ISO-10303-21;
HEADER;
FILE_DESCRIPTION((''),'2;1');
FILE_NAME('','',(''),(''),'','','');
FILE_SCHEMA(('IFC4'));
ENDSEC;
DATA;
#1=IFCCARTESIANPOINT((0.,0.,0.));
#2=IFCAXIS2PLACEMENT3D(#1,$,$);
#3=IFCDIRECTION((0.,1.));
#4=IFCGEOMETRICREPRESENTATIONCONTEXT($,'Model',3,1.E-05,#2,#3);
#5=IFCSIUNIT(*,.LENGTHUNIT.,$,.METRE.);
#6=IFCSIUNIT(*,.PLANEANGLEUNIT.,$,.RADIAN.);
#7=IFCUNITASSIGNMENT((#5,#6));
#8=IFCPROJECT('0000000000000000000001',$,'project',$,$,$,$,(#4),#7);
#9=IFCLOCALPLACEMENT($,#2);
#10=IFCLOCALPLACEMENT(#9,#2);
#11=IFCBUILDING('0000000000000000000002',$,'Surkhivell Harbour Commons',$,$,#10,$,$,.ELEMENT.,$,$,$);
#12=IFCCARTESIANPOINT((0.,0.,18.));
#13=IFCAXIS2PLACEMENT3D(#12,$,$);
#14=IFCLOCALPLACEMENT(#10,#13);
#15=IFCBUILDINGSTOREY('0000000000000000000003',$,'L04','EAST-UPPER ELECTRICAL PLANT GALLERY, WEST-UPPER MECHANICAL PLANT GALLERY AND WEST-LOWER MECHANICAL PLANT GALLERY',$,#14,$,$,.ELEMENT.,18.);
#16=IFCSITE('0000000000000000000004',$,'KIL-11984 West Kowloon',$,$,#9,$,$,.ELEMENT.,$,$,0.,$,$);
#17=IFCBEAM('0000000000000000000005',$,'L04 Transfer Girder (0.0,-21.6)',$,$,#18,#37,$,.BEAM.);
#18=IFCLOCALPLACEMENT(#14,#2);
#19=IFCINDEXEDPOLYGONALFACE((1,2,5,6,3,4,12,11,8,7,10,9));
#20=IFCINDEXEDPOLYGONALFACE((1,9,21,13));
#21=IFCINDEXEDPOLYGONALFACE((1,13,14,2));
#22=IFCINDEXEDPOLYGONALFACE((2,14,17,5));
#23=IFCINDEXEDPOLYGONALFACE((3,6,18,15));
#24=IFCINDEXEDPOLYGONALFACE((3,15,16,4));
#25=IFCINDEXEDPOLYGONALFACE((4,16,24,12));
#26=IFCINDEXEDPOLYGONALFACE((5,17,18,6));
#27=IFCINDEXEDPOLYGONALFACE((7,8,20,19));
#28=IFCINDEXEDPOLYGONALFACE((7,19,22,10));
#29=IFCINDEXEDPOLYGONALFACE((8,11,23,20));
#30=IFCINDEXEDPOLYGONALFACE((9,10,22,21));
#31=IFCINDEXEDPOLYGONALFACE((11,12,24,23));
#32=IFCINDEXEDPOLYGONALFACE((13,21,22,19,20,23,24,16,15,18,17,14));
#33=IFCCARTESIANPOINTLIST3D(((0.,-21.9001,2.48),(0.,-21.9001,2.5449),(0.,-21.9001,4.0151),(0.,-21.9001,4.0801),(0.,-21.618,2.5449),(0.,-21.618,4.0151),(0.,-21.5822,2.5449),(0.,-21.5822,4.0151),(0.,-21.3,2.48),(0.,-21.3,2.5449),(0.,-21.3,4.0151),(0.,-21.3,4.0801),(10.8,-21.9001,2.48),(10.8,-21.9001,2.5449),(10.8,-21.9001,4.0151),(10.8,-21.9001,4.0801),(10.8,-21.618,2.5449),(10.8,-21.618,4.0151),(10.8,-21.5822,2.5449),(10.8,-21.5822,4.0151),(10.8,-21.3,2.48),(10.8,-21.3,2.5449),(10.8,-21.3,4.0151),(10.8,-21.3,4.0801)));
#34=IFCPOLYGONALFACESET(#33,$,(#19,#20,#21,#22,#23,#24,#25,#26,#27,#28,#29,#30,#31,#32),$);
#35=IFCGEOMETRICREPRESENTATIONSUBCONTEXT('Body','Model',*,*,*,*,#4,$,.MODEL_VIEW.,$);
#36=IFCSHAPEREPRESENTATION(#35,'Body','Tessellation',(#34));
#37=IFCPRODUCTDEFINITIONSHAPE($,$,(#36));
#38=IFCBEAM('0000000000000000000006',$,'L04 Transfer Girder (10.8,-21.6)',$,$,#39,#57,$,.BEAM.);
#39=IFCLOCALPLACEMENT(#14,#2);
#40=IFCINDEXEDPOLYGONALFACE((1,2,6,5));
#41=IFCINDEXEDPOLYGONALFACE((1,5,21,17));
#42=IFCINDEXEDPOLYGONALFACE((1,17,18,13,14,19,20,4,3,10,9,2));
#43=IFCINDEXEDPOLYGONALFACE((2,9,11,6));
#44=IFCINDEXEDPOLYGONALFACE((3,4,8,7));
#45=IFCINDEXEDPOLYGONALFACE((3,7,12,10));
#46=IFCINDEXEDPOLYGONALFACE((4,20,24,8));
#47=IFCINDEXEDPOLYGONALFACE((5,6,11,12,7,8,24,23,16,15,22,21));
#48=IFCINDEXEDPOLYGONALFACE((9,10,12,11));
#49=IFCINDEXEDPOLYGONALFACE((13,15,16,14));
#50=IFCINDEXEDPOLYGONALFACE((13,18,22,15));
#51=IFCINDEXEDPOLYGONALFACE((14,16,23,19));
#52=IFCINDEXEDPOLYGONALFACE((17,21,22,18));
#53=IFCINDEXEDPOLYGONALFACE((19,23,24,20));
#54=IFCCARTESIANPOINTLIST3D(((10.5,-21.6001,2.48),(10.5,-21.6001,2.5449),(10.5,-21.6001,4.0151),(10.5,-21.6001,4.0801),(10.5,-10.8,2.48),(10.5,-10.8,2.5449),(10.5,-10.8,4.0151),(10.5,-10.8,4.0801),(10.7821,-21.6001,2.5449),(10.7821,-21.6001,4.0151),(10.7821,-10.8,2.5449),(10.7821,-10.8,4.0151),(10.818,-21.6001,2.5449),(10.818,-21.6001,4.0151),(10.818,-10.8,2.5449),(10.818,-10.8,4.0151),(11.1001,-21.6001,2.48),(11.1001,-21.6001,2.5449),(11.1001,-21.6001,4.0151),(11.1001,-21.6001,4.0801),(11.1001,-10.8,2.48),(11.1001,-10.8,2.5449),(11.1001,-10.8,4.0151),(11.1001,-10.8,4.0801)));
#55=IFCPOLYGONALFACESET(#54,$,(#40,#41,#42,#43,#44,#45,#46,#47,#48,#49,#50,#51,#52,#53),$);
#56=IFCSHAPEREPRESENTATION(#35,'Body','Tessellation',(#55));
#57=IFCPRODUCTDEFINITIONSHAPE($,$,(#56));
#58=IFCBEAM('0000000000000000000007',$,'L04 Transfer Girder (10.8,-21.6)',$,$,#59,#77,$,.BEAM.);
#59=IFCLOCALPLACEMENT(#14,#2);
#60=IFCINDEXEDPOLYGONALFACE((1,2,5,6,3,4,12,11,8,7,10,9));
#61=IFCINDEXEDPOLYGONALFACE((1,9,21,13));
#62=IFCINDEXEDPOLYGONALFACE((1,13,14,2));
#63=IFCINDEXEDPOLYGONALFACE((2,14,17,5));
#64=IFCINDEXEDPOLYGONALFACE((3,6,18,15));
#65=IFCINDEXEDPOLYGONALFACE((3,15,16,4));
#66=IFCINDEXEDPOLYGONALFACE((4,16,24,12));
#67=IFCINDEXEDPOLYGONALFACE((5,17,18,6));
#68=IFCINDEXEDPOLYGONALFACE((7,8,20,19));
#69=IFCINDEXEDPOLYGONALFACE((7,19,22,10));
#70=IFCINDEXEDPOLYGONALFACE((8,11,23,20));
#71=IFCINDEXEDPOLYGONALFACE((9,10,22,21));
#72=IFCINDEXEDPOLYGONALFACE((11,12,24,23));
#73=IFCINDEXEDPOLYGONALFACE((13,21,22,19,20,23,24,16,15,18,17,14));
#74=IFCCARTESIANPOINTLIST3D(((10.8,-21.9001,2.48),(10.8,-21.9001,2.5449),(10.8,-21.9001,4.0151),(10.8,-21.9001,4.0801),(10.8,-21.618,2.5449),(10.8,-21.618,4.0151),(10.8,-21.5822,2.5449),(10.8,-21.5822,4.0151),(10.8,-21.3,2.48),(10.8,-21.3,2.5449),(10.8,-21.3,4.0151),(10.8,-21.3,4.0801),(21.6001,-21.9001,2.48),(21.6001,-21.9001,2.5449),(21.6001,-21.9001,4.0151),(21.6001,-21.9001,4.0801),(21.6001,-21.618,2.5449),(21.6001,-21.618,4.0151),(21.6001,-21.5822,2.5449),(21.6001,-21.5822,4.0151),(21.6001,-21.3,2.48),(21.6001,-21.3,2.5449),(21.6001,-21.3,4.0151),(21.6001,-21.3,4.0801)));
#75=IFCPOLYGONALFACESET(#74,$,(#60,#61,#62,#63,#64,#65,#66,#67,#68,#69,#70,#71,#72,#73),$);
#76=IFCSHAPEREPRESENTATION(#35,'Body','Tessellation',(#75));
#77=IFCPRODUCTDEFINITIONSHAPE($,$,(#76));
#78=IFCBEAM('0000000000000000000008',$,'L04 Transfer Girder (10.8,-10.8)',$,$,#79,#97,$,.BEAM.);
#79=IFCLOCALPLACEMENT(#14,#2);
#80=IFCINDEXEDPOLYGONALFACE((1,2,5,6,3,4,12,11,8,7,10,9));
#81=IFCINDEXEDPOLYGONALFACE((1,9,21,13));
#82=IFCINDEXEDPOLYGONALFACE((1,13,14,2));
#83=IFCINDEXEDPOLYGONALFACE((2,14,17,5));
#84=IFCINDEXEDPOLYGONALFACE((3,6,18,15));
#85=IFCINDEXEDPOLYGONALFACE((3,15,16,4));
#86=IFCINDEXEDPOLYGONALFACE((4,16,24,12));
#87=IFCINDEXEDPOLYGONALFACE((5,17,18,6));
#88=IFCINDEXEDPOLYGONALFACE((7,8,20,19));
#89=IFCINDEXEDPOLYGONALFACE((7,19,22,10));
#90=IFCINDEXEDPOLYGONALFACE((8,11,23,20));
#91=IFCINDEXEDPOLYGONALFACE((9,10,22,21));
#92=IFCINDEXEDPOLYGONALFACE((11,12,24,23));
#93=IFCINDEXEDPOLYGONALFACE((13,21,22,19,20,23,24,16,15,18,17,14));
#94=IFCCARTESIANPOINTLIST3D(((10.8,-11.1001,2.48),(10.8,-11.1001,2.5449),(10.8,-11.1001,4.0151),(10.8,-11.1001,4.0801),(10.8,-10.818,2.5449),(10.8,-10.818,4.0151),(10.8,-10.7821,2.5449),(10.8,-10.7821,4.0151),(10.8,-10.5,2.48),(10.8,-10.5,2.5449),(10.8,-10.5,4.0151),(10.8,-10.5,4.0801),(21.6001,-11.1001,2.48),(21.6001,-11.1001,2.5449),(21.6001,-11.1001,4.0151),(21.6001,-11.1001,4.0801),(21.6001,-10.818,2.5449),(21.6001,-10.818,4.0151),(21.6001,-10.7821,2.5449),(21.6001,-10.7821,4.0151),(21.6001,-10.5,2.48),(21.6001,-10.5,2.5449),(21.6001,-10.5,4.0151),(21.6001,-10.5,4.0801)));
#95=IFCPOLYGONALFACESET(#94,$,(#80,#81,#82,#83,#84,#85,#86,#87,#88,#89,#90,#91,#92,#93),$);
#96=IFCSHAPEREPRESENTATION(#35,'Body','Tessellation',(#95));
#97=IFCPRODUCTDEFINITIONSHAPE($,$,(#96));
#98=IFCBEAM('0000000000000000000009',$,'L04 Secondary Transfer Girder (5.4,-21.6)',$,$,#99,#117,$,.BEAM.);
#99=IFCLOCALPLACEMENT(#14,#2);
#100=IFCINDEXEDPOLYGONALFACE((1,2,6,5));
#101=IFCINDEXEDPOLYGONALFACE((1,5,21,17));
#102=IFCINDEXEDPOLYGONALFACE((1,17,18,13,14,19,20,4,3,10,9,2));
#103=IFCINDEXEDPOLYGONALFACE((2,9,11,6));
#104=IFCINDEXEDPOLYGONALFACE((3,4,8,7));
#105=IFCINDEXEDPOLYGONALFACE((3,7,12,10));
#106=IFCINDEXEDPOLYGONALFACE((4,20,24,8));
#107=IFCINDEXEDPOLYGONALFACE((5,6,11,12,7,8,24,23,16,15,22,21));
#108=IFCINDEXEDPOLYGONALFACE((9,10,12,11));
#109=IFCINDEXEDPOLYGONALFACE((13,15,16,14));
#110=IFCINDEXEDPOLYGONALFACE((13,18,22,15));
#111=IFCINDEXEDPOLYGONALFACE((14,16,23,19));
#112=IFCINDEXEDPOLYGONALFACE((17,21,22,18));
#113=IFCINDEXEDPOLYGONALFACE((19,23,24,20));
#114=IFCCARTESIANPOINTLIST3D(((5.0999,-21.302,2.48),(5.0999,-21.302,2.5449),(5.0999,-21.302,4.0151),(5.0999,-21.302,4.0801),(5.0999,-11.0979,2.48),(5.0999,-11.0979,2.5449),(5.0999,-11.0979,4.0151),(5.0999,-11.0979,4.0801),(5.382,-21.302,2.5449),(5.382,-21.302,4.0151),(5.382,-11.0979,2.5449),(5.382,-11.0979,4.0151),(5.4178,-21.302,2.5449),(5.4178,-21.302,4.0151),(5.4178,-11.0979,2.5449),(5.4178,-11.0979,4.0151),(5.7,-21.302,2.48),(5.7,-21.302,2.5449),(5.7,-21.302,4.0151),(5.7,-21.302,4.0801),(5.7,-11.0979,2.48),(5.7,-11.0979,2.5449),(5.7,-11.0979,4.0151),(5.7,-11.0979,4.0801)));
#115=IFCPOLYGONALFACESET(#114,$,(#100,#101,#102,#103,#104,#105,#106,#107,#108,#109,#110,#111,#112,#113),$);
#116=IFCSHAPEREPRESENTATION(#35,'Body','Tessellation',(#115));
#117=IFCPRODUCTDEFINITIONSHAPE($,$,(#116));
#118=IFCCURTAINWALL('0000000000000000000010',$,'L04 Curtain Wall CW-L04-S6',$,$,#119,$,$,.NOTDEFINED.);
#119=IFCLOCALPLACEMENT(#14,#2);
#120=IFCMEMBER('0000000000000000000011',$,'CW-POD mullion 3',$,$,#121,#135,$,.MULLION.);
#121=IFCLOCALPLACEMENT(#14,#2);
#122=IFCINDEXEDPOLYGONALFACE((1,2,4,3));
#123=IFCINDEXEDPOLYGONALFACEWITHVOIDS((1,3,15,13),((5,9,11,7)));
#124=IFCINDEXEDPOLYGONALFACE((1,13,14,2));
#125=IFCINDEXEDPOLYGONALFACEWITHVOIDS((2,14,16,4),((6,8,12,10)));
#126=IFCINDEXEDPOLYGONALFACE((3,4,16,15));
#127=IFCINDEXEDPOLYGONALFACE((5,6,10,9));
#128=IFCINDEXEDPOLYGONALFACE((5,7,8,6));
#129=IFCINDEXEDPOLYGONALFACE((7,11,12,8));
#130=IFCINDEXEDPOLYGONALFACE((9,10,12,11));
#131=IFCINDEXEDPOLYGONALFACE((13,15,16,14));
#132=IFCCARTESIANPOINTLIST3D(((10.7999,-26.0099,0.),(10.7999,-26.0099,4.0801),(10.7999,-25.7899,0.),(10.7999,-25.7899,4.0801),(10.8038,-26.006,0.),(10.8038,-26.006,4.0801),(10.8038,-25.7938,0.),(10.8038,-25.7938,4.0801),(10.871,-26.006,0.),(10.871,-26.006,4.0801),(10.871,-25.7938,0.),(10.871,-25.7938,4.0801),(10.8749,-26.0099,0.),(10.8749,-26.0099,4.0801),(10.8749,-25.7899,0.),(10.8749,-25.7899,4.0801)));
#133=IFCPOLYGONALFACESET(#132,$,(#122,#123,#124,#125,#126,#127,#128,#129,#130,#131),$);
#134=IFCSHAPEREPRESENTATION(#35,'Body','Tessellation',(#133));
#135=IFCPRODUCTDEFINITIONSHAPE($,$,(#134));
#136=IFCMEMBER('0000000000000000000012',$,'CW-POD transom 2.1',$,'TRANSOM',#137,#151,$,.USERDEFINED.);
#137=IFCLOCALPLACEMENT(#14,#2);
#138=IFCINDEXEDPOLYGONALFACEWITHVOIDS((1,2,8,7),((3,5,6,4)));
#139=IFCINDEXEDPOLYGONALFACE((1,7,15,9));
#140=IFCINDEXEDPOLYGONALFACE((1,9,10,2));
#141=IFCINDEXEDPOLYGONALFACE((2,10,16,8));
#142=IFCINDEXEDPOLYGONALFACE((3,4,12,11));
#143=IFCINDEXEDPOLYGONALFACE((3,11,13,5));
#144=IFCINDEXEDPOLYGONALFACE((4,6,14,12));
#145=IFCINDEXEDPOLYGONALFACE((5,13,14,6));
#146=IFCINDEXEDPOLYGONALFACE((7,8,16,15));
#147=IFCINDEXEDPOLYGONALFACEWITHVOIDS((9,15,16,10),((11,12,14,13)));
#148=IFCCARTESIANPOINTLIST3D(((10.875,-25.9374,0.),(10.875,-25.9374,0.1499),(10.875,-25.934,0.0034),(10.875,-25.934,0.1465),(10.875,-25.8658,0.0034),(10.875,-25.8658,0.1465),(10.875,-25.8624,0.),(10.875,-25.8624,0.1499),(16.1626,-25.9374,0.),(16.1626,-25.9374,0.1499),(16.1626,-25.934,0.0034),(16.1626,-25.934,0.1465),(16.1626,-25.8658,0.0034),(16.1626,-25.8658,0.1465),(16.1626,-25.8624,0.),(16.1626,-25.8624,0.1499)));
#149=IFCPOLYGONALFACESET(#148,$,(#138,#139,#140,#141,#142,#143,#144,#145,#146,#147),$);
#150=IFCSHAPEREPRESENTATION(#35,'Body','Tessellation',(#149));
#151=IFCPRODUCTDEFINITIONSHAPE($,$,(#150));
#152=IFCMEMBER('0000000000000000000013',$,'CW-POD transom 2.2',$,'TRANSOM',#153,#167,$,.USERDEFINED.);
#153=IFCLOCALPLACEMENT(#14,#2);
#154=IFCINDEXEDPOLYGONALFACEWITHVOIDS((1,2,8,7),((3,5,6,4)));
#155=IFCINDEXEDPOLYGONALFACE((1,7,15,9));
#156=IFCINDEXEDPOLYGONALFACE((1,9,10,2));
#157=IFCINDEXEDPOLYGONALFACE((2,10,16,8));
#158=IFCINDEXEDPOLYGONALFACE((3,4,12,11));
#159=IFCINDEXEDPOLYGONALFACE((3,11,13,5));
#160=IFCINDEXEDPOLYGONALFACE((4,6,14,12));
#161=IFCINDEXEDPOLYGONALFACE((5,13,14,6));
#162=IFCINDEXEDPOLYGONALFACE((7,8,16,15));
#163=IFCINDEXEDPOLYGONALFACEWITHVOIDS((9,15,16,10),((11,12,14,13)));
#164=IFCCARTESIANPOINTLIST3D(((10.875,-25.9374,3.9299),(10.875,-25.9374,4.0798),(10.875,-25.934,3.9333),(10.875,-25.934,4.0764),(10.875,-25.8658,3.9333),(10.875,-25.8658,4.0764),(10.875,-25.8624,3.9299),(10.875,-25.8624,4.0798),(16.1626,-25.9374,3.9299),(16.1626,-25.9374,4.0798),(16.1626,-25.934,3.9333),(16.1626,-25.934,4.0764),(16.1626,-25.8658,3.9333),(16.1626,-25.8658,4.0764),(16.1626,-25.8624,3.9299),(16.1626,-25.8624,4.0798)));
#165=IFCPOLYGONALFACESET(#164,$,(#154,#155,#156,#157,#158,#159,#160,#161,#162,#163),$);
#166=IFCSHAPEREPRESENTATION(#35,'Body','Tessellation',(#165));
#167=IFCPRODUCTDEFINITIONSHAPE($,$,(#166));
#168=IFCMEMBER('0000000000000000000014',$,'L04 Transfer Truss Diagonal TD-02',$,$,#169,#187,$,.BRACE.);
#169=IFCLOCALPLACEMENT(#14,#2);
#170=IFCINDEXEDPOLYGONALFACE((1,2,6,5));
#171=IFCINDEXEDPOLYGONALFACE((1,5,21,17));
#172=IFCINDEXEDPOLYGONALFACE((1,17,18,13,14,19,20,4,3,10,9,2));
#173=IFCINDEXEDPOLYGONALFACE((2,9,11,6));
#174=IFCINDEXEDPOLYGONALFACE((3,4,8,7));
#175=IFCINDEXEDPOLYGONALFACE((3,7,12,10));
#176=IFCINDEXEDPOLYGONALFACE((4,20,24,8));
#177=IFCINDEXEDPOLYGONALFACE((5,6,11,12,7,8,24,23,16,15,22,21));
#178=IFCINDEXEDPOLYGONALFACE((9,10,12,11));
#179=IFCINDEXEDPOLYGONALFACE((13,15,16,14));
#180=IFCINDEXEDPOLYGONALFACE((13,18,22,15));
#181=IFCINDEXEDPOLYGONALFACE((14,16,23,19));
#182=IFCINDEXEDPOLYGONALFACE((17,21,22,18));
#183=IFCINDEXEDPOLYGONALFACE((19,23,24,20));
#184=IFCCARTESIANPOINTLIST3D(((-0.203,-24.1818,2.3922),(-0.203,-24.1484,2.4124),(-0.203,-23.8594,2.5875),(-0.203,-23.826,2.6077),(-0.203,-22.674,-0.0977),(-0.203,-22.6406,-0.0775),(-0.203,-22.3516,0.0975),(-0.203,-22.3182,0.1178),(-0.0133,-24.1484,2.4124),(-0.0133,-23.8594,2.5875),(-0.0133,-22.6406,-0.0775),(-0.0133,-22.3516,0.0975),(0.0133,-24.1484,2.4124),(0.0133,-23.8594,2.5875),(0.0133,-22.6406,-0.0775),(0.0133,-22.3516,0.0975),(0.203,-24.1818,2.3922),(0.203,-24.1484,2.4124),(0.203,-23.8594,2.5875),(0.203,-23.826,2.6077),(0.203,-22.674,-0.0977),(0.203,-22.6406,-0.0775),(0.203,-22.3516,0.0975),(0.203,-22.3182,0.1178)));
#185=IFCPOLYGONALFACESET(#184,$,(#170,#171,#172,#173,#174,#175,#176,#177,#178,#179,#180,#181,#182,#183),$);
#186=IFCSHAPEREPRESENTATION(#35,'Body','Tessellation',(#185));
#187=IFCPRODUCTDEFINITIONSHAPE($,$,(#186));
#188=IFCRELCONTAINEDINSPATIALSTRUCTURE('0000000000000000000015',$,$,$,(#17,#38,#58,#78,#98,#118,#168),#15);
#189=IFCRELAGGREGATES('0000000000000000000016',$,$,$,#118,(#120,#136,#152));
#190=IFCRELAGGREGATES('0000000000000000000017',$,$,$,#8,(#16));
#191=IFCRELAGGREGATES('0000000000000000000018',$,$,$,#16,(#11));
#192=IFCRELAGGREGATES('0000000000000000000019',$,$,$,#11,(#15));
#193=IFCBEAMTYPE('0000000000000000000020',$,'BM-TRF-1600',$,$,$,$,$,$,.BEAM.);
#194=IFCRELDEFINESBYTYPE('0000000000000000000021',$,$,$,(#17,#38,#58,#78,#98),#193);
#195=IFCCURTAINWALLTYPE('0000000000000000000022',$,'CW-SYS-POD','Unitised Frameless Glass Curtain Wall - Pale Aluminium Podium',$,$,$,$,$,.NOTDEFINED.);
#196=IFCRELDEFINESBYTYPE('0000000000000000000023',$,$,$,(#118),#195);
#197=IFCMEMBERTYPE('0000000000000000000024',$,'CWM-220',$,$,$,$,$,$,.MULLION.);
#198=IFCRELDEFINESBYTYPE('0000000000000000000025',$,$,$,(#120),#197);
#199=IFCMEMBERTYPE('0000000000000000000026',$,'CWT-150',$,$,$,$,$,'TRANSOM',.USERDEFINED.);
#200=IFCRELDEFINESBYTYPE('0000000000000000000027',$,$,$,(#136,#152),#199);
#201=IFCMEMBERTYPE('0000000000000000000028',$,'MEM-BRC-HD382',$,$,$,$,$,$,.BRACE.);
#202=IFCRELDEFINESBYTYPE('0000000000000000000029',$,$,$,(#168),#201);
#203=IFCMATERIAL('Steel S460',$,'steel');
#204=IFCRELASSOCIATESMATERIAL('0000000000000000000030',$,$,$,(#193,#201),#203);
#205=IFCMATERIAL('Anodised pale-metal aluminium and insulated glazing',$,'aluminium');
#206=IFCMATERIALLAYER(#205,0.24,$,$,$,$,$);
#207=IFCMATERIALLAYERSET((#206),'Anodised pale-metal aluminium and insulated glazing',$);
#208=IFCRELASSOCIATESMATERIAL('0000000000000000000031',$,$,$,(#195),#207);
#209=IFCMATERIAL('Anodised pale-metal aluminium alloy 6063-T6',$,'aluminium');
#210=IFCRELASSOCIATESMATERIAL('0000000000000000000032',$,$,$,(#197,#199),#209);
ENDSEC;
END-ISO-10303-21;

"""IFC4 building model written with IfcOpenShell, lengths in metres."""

from ifc_helpers import new_model, si_unit, direction, frame, origin, origin_2d, place, context, subcontext, project, spatial, hollow_rectangle, i_section, extrude, material, layer, layer_set, material_profile, profile_set, type_object, element, aggregate, save


model = new_model("IFC4")

# Units and contexts
model_context = context("Model", 3, precision=1e-05, world=origin(), true_north=direction((0.0, 1.0)))
body_context = subcontext(model_context, "Body", "Model", "MODEL_VIEW")
ifc_project = project(units=[si_unit("LENGTHUNIT", "METRE"), si_unit("PLANEANGLEUNIT", "RADIAN")], contexts=[model_context])

# Site, building, storey
site_placement = place(None, origin())
site = spatial("IfcSite", under=ifc_project, at=site_placement, Name="KIL-11984 West Kowloon", CompositionType="ELEMENT", RefElevation=0.0)
building_placement = place(site_placement, origin())
building = spatial("IfcBuilding", under=site, at=building_placement, Name="Surkhivell Harbour Commons", CompositionType="ELEMENT")
storey_placement = place(building_placement, frame((0.0, 0.0, 18.0)))
storey = spatial("IfcBuildingStorey", under=building, at=storey_placement, Name="L04", Description="EAST-UPPER ELECTRICAL PLANT GALLERY, WEST-UPPER MECHANICAL PLANT GALLERY AND WEST-LOWER MECHANICAL PLANT GALLERY", CompositionType="ELEMENT", Elevation=18.0)

# Beams
ifc_material_1 = material(Name="Steel S460", Category="steel")
ifc_material_profile_1 = material_profile(ifc_material_1, i_section(OverallWidth=0.6001, OverallDepth=1.6001, WebThickness=0.0359, FlangeThickness=0.0649, at=origin_2d()), Name="WPG1600x600x296")
ifc_profile_set_1 = profile_set([ifc_material_profile_1], Name="Steel S460")
beam_type_1 = type_object("IfcBeamType", Name="BM-TRF-1600", PredefinedType="BEAM", material=ifc_profile_set_1)
for number, where, z_axis, x_axis, name in (
    (1, (0.0, -21.6001, 3.28), (1.0, 0.0, 0.0), (0.0, 1.0, 0.0), "L04 Transfer Girder (0.0,-21.6)"),
    (2, (10.8, -21.6001, 3.28), (0.0, 1.0, 0.0), (-1.0, 0.0, 0.0), "L04 Transfer Girder (10.8,-21.6)"),
    (3, (10.8, -21.6001, 3.28), (1.0, 0.0, 0.0), (0.0, 1.0, 0.0), "L04 Transfer Girder (10.8,-21.6)"),
    (4, (10.8, -10.8, 3.28), (1.0, 0.0, 0.0), (0.0, 1.0, 0.0), "L04 Transfer Girder (10.8,-10.8)"),
):
    element("IfcBeam", number, at=place(storey_placement, frame(where, z_axis=z_axis, x_axis=x_axis)), inside=storey, type_object=beam_type_1, Name=name, PredefinedType="BEAM", context=body_context, shape_type="SweptSolid", body=[
        extrude(i_section(OverallWidth=0.6001, OverallDepth=1.6001, WebThickness=0.0359, FlangeThickness=0.0649, at=origin_2d()), origin(), (0.0, 0.0, 1.0), 10.8),
    ])
beam_1_placement = place(storey_placement, frame((5.3999, -21.302, 3.28), z_axis=(0.0, 1.0, 0.0), x_axis=(-1.0, 0.0, 0.0)))
element("IfcBeam", 5, at=beam_1_placement, inside=storey, type_object=beam_type_1, Name="L04 Secondary Transfer Girder (5.4,-21.6)", PredefinedType="BEAM", context=body_context, shape_type="SweptSolid", body=[
    extrude(i_section(OverallWidth=0.6001, OverallDepth=1.6001, WebThickness=0.0359, FlangeThickness=0.0649, at=origin_2d()), origin(), (0.0, 0.0, 1.0), 10.2041),
])

# Curtain wall, members
ifc_material_2 = material(Name="Anodised pale-metal aluminium and insulated glazing", Category="aluminium")
ifc_layer_1 = layer(ifc_material_2, 0.24)
ifc_layer_set_1 = layer_set([ifc_layer_1], Name="Anodised pale-metal aluminium and insulated glazing")
curtain_wall_type = type_object("IfcCurtainWallType", Name="CW-SYS-POD", Description="Unitised Frameless Glass Curtain Wall - Pale Aluminium Podium", PredefinedType="NOTDEFINED", material=ifc_layer_set_1)
curtain_wall_placement = place(storey_placement, origin())
curtain_wall = element("IfcCurtainWall", 6, at=curtain_wall_placement, inside=storey, type_object=curtain_wall_type, Name="L04 Curtain Wall CW-L04-S6", PredefinedType="NOTDEFINED")
ifc_material_3 = material(Name="Anodised pale-metal aluminium alloy 6063-T6", Category="aluminium")
ifc_material_profile_2 = material_profile(ifc_material_3, hollow_rectangle(XDim=0.075, YDim=0.22, WallThickness=0.0039, at=origin_2d()), Name="ALU-MULL-75x220")
ifc_profile_set_2 = profile_set([ifc_material_profile_2], Name="Anodised pale-metal aluminium alloy 6063-T6")
member_type_1 = type_object("IfcMemberType", Name="CWM-220", PredefinedType="MULLION", material=ifc_profile_set_2)
member_1_placement = place(storey_placement, frame((10.8374, -25.8999, 0.0), z_axis=(0.0, 0.0, 1.0), x_axis=(-1.0, 0.0, 0.0)))
member_1 = element("IfcMember", 7, at=member_1_placement, type_object=member_type_1, Name="CW-POD mullion 3", PredefinedType="MULLION", context=body_context, shape_type="SweptSolid", body=[
    extrude(hollow_rectangle(XDim=0.075, YDim=0.22, WallThickness=0.0039, at=origin_2d()), origin(), (0.0, 0.0, 1.0), 4.0801),
])
ifc_material_profile_3 = material_profile(ifc_material_3, hollow_rectangle(XDim=0.075, YDim=0.1499, WallThickness=0.0034, at=origin_2d()), Name="ALU-TRAN-75x150")
ifc_profile_set_3 = profile_set([ifc_material_profile_3], Name="Anodised pale-metal aluminium alloy 6063-T6")
member_type_2 = type_object("IfcMemberType", Name="CWT-150", ElementType="TRANSOM", PredefinedType="USERDEFINED", material=ifc_profile_set_3)
member_2_placement = place(storey_placement, frame((16.1626, -25.8999, 0.075), z_axis=(-1.0, 0.0, 0.0), x_axis=(0.0, -1.0, 0.0)))
member_2 = element("IfcMember", 8, at=member_2_placement, type_object=member_type_2, Name="CW-POD transom 2.1", ObjectType="TRANSOM", PredefinedType="USERDEFINED", context=body_context, shape_type="SweptSolid", body=[
    extrude(hollow_rectangle(XDim=0.075, YDim=0.1499, WallThickness=0.0034, at=origin_2d()), origin(), (0.0, 0.0, 1.0), 5.2876),
])
member_3_placement = place(storey_placement, frame((16.1626, -25.8999, 4.0049), z_axis=(-1.0, 0.0, 0.0), x_axis=(0.0, -1.0, 0.0)))
member_3 = element("IfcMember", 9, at=member_3_placement, type_object=member_type_2, Name="CW-POD transom 2.2", ObjectType="TRANSOM", PredefinedType="USERDEFINED", context=body_context, shape_type="SweptSolid", body=[
    extrude(hollow_rectangle(XDim=0.075, YDim=0.1499, WallThickness=0.0034, at=origin_2d()), origin(), (0.0, 0.0, 1.0), 5.2876),
])

# Member
ifc_material_profile_4 = material_profile(ifc_material_1, i_section(OverallWidth=0.406, OverallDepth=0.416, WebThickness=0.0266, FlangeThickness=0.0391, at=origin_2d()), Name="HD400x382")
ifc_profile_set_4 = profile_set([ifc_material_profile_4], Name="Steel S460")
member_type_3 = type_object("IfcMemberType", Name="MEM-BRC-HD382", PredefinedType="BRACE", material=ifc_profile_set_4)
member_4_placement = place(storey_placement, frame((0.0, -22.4961, 0.01), z_axis=(0.0, -0.517982, 0.855392), x_axis=(1.0, 0.0, 0.0)))
element("IfcMember", 10, at=member_4_placement, inside=storey, type_object=member_type_3, Name="L04 Transfer Truss Diagonal TD-02", PredefinedType="BRACE", context=body_context, shape_type="SweptSolid", body=[
    extrude(i_section(OverallWidth=0.406, OverallDepth=0.416, WebThickness=0.0266, FlangeThickness=0.0391, at=origin_2d()), origin(), (0.0, 0.0, 1.0), 2.9109),
])

aggregate(curtain_wall, [member_1, member_2, member_3])

save(model, "model.ifc")
